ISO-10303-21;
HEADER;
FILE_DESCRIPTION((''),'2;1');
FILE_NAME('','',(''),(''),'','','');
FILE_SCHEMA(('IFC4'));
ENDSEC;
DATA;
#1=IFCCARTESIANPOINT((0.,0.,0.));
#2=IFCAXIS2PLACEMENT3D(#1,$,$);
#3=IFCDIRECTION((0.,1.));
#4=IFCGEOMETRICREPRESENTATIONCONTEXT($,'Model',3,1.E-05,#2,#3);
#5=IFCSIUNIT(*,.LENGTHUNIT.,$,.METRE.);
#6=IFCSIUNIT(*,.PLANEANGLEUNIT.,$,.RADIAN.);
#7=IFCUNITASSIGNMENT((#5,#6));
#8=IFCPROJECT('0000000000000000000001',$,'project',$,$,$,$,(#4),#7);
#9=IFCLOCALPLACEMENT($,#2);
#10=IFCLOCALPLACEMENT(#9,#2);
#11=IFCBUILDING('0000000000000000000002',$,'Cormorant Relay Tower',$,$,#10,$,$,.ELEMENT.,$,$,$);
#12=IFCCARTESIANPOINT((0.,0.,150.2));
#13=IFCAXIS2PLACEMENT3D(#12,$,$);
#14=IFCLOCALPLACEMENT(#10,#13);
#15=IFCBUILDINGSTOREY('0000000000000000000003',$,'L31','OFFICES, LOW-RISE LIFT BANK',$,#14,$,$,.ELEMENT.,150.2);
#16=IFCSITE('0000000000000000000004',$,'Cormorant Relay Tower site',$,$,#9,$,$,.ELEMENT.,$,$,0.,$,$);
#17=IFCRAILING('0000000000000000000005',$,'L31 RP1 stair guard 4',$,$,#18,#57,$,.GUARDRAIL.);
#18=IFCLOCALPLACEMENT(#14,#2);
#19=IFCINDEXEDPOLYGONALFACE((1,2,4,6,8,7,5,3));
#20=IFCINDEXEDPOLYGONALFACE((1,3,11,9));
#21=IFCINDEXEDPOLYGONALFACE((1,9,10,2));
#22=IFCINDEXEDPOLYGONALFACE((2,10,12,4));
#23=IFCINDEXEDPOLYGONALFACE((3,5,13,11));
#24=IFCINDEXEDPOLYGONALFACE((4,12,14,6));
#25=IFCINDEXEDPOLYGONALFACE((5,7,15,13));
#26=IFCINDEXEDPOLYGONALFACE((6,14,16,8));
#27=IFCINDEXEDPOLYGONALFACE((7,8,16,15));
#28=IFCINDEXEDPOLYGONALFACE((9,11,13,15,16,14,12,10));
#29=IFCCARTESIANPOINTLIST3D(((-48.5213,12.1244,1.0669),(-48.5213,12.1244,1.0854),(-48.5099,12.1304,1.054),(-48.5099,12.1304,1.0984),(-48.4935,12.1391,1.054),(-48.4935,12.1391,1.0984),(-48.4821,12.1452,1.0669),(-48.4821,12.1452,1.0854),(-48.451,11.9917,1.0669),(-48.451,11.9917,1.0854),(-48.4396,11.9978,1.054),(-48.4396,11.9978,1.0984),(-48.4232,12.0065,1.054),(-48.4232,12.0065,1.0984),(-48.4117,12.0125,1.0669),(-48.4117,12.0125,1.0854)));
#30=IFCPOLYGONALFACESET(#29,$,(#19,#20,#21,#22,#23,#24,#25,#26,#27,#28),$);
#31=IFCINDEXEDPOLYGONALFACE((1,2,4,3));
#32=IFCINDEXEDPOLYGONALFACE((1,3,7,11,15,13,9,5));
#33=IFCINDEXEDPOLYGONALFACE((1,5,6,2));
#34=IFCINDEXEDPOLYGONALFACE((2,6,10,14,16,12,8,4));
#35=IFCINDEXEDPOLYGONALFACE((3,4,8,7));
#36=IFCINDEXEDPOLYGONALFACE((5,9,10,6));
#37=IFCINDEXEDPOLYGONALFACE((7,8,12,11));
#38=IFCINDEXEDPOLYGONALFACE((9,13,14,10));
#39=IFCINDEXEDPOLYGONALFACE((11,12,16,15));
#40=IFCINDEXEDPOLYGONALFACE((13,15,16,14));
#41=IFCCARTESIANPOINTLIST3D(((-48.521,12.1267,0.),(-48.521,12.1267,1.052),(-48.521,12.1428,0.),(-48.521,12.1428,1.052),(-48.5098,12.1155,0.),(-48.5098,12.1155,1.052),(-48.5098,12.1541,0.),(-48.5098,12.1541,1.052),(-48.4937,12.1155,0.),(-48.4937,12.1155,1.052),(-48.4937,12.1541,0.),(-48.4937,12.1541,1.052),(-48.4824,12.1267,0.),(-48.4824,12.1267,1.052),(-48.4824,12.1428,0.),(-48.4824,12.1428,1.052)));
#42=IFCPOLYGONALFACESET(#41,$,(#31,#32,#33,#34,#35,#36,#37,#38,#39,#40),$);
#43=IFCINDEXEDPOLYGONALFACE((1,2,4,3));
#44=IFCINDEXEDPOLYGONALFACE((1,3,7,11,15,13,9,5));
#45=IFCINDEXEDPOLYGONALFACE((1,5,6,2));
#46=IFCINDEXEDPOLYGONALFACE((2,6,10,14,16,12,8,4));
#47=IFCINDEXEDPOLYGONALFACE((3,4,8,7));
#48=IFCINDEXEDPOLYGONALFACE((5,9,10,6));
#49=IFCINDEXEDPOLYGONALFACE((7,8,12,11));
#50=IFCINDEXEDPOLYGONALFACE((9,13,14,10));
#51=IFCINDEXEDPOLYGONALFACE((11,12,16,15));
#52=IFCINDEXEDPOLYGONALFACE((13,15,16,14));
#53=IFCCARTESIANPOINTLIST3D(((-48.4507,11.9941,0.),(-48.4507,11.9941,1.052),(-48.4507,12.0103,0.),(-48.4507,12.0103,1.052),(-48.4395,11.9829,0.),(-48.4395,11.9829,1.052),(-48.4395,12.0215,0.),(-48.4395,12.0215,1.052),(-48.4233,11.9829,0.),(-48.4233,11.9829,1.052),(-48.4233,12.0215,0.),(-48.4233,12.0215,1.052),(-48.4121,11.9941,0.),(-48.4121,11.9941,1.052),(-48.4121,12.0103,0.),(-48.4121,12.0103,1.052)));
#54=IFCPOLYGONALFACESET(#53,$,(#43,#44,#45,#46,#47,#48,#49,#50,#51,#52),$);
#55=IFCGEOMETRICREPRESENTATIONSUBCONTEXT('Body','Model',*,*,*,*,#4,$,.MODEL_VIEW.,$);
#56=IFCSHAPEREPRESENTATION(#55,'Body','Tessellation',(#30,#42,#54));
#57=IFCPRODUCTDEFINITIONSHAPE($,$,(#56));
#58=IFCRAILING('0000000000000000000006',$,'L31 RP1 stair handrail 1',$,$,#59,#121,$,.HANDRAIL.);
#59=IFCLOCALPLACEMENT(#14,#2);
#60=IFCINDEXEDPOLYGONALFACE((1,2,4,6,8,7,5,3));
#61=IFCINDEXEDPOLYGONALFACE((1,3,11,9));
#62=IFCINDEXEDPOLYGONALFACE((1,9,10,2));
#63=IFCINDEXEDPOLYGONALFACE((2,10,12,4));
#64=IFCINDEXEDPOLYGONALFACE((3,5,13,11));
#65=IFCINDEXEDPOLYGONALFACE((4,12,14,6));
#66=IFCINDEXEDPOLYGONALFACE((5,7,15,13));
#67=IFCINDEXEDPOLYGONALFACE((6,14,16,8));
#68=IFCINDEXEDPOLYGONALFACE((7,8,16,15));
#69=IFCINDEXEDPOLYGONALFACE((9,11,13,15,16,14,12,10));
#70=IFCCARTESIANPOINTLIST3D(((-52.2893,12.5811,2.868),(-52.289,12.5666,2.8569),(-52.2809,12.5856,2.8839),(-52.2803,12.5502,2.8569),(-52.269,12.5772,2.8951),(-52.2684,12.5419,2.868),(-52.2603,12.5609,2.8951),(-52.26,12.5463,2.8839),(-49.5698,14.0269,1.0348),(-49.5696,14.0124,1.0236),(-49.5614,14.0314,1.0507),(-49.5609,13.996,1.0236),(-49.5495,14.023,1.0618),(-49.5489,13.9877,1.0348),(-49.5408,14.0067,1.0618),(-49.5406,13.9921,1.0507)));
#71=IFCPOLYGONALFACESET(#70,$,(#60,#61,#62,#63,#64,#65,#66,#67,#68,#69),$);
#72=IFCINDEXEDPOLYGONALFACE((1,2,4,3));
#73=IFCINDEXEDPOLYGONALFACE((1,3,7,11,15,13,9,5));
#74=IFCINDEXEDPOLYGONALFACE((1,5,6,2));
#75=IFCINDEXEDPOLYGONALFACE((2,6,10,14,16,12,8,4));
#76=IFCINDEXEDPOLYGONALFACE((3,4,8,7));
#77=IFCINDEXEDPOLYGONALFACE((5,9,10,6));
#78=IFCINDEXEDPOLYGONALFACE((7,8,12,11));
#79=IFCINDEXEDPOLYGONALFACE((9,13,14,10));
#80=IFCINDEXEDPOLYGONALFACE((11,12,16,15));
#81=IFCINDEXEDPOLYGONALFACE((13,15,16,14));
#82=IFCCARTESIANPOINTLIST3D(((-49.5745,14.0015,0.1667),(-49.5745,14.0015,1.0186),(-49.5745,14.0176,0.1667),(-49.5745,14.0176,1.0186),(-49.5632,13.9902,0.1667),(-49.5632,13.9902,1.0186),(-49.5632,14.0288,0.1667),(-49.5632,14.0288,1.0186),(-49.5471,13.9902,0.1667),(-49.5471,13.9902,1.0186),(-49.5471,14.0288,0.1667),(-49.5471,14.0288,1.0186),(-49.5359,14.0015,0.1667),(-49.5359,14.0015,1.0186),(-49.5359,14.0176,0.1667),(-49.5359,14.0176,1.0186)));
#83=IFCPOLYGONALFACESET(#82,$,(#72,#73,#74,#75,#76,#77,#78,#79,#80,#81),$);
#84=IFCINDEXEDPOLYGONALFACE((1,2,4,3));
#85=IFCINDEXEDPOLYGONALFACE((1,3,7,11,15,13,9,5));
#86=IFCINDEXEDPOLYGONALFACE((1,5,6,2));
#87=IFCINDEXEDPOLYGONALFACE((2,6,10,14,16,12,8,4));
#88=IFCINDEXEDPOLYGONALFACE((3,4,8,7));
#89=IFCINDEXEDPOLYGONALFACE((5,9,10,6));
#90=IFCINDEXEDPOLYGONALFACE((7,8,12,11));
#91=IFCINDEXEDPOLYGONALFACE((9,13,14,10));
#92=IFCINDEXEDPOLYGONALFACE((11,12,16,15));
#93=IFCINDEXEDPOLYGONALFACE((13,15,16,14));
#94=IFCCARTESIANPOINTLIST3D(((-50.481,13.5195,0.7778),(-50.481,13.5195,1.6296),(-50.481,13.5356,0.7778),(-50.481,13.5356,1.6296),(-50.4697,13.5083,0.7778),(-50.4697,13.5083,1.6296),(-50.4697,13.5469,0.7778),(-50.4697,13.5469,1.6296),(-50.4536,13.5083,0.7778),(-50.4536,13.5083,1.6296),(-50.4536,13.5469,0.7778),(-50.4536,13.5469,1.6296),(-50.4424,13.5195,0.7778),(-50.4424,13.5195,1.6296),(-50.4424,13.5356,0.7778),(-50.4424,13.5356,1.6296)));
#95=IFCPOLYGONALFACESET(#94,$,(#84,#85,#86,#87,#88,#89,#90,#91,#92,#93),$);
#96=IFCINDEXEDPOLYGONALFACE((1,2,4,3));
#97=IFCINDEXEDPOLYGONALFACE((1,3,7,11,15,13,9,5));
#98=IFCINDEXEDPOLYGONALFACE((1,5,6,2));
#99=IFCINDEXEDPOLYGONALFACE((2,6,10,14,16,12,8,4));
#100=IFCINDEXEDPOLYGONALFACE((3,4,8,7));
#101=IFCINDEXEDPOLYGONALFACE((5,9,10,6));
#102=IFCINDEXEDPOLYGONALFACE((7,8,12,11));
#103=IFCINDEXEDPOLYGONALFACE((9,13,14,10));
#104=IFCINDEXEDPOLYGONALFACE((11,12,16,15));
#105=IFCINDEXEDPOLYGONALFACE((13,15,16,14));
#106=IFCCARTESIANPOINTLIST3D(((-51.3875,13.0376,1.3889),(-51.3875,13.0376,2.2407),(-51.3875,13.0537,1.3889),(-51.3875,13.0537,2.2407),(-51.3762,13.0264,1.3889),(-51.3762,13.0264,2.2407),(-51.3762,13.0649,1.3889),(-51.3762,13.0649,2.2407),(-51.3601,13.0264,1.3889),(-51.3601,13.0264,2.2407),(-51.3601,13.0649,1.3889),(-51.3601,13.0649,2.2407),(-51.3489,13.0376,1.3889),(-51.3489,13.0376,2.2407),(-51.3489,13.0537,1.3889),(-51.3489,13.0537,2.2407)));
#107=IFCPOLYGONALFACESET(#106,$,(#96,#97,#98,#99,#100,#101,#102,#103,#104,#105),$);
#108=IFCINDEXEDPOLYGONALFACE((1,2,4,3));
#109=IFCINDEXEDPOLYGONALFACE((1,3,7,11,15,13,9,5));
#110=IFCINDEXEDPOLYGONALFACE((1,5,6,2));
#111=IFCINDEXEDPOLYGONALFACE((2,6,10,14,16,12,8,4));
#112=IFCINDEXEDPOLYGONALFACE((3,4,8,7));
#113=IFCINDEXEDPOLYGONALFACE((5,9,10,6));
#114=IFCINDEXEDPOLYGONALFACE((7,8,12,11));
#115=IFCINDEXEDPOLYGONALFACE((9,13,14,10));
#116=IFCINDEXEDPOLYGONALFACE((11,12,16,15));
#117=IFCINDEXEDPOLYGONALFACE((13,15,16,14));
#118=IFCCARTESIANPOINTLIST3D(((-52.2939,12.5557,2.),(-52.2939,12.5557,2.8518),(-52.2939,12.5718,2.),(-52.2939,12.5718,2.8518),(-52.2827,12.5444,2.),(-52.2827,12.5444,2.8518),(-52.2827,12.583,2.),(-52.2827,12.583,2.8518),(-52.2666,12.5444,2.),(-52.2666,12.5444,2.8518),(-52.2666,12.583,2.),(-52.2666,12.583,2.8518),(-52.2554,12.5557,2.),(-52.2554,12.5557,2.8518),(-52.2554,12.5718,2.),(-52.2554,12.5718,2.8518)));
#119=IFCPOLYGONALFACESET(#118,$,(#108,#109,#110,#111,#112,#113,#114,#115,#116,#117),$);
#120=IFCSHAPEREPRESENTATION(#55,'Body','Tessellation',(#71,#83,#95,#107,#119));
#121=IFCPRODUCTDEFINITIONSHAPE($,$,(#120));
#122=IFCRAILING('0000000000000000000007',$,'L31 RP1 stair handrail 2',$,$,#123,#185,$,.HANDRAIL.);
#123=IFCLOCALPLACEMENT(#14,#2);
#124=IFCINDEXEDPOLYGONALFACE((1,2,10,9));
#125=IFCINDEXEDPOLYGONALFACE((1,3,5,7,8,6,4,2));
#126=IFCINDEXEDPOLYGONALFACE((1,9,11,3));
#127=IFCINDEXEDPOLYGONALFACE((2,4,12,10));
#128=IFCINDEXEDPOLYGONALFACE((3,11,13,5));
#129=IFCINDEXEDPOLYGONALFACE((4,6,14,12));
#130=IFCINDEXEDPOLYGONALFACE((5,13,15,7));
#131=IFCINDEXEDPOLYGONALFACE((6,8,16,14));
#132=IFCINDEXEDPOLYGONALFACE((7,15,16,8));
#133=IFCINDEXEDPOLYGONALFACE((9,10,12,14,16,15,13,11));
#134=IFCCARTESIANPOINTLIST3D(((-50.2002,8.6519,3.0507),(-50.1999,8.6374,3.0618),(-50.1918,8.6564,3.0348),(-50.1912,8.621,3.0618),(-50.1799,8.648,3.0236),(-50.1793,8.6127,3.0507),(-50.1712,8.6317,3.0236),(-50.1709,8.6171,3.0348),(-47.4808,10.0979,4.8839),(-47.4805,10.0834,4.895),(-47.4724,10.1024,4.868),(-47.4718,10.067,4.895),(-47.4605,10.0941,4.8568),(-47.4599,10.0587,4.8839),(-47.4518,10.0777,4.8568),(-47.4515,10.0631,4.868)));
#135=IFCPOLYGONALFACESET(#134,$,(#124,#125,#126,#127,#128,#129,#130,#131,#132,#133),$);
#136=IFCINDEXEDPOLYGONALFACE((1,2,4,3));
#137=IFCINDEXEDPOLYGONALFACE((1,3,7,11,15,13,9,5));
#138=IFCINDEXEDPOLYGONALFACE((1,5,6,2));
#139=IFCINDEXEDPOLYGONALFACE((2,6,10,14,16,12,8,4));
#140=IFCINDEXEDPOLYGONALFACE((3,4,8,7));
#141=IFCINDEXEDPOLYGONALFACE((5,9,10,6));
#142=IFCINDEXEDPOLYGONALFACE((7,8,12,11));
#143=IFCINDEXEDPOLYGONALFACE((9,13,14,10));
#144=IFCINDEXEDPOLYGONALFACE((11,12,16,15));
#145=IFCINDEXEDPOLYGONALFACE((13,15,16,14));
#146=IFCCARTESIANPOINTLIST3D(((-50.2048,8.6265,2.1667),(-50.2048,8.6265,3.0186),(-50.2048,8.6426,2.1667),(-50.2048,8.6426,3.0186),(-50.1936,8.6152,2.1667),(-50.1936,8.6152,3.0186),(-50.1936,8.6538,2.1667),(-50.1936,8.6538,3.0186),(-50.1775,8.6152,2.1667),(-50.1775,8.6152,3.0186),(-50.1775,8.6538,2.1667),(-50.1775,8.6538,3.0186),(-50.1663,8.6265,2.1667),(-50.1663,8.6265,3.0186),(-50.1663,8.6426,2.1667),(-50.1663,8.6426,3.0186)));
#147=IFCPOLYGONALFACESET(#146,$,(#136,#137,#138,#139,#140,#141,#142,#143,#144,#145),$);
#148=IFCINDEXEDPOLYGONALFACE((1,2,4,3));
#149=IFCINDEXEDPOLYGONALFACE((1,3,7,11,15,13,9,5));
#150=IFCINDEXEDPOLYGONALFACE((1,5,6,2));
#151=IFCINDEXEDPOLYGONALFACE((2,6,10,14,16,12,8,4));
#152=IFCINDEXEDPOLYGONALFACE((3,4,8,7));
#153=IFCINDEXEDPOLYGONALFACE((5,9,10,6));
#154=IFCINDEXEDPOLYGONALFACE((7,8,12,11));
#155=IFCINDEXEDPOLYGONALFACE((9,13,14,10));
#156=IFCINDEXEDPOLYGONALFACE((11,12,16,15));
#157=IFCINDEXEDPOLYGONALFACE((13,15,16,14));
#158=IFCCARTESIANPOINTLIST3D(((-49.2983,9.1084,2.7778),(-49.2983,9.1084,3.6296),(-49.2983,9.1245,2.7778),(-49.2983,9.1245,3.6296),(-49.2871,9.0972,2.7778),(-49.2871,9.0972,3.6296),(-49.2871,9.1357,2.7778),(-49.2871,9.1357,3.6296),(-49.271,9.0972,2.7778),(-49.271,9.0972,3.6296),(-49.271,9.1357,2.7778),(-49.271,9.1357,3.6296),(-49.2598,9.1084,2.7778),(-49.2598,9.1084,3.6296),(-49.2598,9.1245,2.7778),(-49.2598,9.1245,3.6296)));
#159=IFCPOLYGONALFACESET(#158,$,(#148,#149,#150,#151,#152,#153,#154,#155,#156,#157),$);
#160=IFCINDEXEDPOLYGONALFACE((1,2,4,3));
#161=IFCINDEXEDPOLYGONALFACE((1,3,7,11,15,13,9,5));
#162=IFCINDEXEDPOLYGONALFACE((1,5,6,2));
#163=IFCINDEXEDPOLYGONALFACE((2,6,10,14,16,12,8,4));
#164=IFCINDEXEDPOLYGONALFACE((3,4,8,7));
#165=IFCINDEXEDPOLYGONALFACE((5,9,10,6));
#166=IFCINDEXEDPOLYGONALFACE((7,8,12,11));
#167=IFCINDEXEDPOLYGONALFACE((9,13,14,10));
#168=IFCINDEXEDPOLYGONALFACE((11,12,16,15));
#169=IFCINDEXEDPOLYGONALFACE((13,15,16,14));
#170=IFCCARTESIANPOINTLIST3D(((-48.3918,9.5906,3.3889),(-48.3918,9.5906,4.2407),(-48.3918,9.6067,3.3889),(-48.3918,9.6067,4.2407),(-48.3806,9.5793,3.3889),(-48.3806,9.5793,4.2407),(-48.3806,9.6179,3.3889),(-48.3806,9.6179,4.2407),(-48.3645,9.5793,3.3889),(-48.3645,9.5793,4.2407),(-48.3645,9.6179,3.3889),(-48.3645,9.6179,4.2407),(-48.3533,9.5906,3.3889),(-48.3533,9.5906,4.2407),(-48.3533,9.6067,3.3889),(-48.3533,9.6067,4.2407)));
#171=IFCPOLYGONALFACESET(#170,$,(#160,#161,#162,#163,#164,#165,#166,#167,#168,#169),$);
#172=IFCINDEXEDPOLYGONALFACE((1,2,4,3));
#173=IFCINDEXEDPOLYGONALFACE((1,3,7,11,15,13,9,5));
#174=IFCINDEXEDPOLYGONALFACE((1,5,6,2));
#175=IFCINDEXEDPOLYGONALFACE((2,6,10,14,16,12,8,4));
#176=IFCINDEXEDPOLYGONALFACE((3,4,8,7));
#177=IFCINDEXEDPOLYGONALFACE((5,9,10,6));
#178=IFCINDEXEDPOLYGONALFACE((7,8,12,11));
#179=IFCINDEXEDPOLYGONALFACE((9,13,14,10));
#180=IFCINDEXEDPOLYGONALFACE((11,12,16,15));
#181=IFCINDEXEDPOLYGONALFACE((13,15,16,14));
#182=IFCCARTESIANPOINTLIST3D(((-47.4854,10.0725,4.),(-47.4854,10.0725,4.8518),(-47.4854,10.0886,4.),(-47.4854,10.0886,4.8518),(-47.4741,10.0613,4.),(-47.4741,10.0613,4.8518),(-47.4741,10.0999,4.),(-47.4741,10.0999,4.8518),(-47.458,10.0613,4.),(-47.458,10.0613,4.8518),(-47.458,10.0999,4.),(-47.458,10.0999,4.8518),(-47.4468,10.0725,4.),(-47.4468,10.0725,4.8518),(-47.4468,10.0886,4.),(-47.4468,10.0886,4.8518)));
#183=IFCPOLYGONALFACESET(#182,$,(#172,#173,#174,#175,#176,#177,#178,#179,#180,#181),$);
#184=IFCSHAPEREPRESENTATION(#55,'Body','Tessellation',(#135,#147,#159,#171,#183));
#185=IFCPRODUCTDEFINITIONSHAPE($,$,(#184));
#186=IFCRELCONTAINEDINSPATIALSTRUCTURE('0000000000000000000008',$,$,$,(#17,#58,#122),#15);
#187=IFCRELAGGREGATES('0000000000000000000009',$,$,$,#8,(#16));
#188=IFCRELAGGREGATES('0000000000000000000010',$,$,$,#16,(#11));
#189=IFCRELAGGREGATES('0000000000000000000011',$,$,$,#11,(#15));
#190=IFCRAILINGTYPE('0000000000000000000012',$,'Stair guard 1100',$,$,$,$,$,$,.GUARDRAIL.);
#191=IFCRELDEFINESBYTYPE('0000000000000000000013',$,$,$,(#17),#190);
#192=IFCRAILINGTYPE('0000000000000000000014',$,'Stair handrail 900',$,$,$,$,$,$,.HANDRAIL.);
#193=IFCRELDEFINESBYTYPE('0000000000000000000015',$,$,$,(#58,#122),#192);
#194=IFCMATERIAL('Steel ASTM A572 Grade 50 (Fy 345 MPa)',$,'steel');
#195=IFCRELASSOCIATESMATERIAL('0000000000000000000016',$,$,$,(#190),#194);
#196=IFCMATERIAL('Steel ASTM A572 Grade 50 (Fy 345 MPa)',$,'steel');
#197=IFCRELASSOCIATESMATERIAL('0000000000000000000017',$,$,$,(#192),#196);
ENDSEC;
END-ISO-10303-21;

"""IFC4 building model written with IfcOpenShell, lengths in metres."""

from ifc_helpers import new_model, si_unit, direction, frame, origin, place, context, subcontext, project, spatial, polyline, outline, extrude, material, type_object, element, save


model = new_model("IFC4")

# Units and contexts
model_context = context("Model", 3, precision=1e-05, world=origin(), true_north=direction((0.0, 1.0)))
body_context = subcontext(model_context, "Body", "Model", "MODEL_VIEW")
ifc_project = project(units=[si_unit("LENGTHUNIT", "METRE"), si_unit("PLANEANGLEUNIT", "RADIAN")], contexts=[model_context])

# Site, building, storey
site_placement = place(None, origin())
site = spatial("IfcSite", under=ifc_project, at=site_placement, Name="Cormorant Relay Tower site", CompositionType="ELEMENT", RefElevation=0.0)
building_placement = place(site_placement, origin())
building = spatial("IfcBuilding", under=site, at=building_placement, Name="Cormorant Relay Tower", CompositionType="ELEMENT")
storey_placement = place(building_placement, frame((0.0, 0.0, 150.2)))
storey = spatial("IfcBuildingStorey", under=building, at=storey_placement, Name="L31", Description="OFFICES, LOW-RISE LIFT BANK", CompositionType="ELEMENT", Elevation=150.2)

# Railings
ifc_material_1 = material(Name="Steel ASTM A572 Grade 50 (Fy 345 MPa)", Category="steel")
railing_type_1 = type_object("IfcRailingType", Name="Stair guard 1100", PredefinedType="GUARDRAIL", material=ifc_material_1)
railing_1_placement = place(storey_placement, frame((-48.5017, 12.1348, 0.0)))
element("IfcRailing", 1, at=railing_1_placement, inside=storey, type_object=railing_type_1, Name="L31 RP1 stair guard 4", PredefinedType="GUARDRAIL", context=body_context, shape_type="SweptSolid", body=[
    extrude(outline(polyline([(0.0222, 0.0093), (0.0093, 0.0222), (-0.0093, 0.0222), (-0.0222, 0.0093), (-0.0222, -0.0093), (-0.0093, -0.0222), (0.0093, -0.0222), (0.0222, -0.0093), (0.0222, 0.0093)])), frame((0.0, 0.0, 1.0762), z_axis=(0.46856, -0.883431, 0.0), x_axis=(0.883431, 0.46856, 0.0)), (0.0, 0.0, 1.0), 0.1501),
    extrude(outline(polyline([(0.0193, 0.0081), (0.0081, 0.0193), (-0.0081, 0.0193), (-0.0193, 0.0081), (-0.0193, -0.0081), (-0.0081, -0.0193), (0.0081, -0.0193), (0.0193, -0.0081), (0.0193, 0.0081)])), origin(), (0.0, 0.0, 1.0), 1.052),
    extrude(outline(polyline([(0.0193, 0.0081), (0.0081, 0.0193), (-0.0081, 0.0193), (-0.0193, 0.0081), (-0.0193, -0.0081), (-0.0081, -0.0193), (0.0081, -0.0193), (0.0193, -0.0081), (0.0193, 0.0081)])), frame((0.0703, -0.1326, 0.0)), (0.0, 0.0, 1.0), 1.052),
])
ifc_material_2 = material(Name="Steel ASTM A572 Grade 50 (Fy 345 MPa)", Category="steel")
railing_type_2 = type_object("IfcRailingType", Name="Stair handrail 900", PredefinedType="HANDRAIL", material=ifc_material_2)
railing_2_placement = place(storey_placement, frame((-49.5552, 14.0095, 0.1667)))
element("IfcRailing", 2, at=railing_2_placement, inside=storey, type_object=railing_type_2, Name="L31 RP1 stair handrail 1", PredefinedType="HANDRAIL", context=body_context, shape_type="SweptSolid", body=[
    extrude(outline(polyline([(0.0222, 0.0093), (0.0093, 0.0222), (-0.0093, 0.0222), (-0.0222, 0.0093), (-0.0222, -0.0093), (-0.0093, -0.0222), (0.0093, -0.0222), (0.0222, -0.0093), (0.0222, 0.0093)])), frame((0.0, 0.0, 0.876), z_axis=(-0.758735, -0.403378, 0.511477), x_axis=(0.469428, -0.882971, 0.0)), (0.0, 0.0, 1.0), 3.5842),
    extrude(outline(polyline([(0.0193, 0.0081), (0.0081, 0.0193), (-0.0081, 0.0193), (-0.0193, 0.0081), (-0.0193, -0.0081), (-0.0081, -0.0193), (0.0081, -0.0193), (0.0193, -0.0081), (0.0193, 0.0081)])), origin(), (0.0, 0.0, 1.0), 0.8518),
    extrude(outline(polyline([(0.0193, 0.0081), (0.0081, 0.0193), (-0.0081, 0.0193), (-0.0193, 0.0081), (-0.0193, -0.0081), (-0.0081, -0.0193), (0.0081, -0.0193), (0.0193, -0.0081), (0.0193, 0.0081)])), frame((-0.9065, -0.4819, 0.6111)), (0.0, 0.0, 1.0), 0.8518),
    extrude(outline(polyline([(0.0193, 0.0081), (0.0081, 0.0193), (-0.0081, 0.0193), (-0.0193, 0.0081), (-0.0193, -0.0081), (-0.0081, -0.0193), (0.0081, -0.0193), (0.0193, -0.0081), (0.0193, 0.0081)])), frame((-1.813, -0.9639, 1.2222)), (0.0, 0.0, 1.0), 0.8518),
    extrude(outline(polyline([(0.0193, 0.0081), (0.0081, 0.0193), (-0.0081, 0.0193), (-0.0193, 0.0081), (-0.0193, -0.0081), (-0.0081, -0.0193), (0.0081, -0.0193), (0.0193, -0.0081), (0.0193, 0.0081)])), frame((-2.7195, -1.4458, 1.8333)), (0.0, 0.0, 1.0), 0.8518),
])
railing_3_placement = place(storey_placement, frame((-50.1855, 8.6345, 2.1667)))
element("IfcRailing", 3, at=railing_3_placement, inside=storey, type_object=railing_type_2, Name="L31 RP1 stair handrail 2", PredefinedType="HANDRAIL", context=body_context, shape_type="SweptSolid", body=[
    extrude(outline(polyline([(0.0222, 0.0093), (0.0093, 0.0222), (-0.0093, 0.0222), (-0.0222, 0.0093), (-0.0222, -0.0093), (-0.0093, -0.0222), (0.0093, -0.0222), (0.0222, -0.0093), (0.0222, 0.0093)])), frame((0.0, 0.0, 0.876), z_axis=(0.758714, 0.403435, 0.511463), x_axis=(-0.469489, 0.882938, 0.0)), (0.0, 0.0, 1.0), 3.5842),
    extrude(outline(polyline([(0.0193, 0.0081), (0.0081, 0.0193), (-0.0081, 0.0193), (-0.0193, 0.0081), (-0.0193, -0.0081), (-0.0081, -0.0193), (0.0081, -0.0193), (0.0193, -0.0081), (0.0193, 0.0081)])), origin(), (0.0, 0.0, 1.0), 0.8518),
    extrude(outline(polyline([(0.0193, 0.0081), (0.0081, 0.0193), (-0.0081, 0.0193), (-0.0193, 0.0081), (-0.0193, -0.0081), (-0.0081, -0.0193), (0.0081, -0.0193), (0.0193, -0.0081), (0.0193, 0.0081)])), frame((0.9065, 0.4819, 0.6111)), (0.0, 0.0, 1.0), 0.8518),
    extrude(outline(polyline([(0.0193, 0.0081), (0.0081, 0.0193), (-0.0081, 0.0193), (-0.0193, 0.0081), (-0.0193, -0.0081), (-0.0081, -0.0193), (0.0081, -0.0193), (0.0193, -0.0081), (0.0193, 0.0081)])), frame((1.813, 0.9641, 1.2222)), (0.0, 0.0, 1.0), 0.8518),
    extrude(outline(polyline([(0.0193, 0.0081), (0.0081, 0.0193), (-0.0081, 0.0193), (-0.0193, 0.0081), (-0.0193, -0.0081), (-0.0081, -0.0193), (0.0081, -0.0193), (0.0193, -0.0081), (0.0193, 0.0081)])), frame((2.7195, 1.446, 1.8333)), (0.0, 0.0, 1.0), 0.8518),
])

save(model, "model.ifc")
